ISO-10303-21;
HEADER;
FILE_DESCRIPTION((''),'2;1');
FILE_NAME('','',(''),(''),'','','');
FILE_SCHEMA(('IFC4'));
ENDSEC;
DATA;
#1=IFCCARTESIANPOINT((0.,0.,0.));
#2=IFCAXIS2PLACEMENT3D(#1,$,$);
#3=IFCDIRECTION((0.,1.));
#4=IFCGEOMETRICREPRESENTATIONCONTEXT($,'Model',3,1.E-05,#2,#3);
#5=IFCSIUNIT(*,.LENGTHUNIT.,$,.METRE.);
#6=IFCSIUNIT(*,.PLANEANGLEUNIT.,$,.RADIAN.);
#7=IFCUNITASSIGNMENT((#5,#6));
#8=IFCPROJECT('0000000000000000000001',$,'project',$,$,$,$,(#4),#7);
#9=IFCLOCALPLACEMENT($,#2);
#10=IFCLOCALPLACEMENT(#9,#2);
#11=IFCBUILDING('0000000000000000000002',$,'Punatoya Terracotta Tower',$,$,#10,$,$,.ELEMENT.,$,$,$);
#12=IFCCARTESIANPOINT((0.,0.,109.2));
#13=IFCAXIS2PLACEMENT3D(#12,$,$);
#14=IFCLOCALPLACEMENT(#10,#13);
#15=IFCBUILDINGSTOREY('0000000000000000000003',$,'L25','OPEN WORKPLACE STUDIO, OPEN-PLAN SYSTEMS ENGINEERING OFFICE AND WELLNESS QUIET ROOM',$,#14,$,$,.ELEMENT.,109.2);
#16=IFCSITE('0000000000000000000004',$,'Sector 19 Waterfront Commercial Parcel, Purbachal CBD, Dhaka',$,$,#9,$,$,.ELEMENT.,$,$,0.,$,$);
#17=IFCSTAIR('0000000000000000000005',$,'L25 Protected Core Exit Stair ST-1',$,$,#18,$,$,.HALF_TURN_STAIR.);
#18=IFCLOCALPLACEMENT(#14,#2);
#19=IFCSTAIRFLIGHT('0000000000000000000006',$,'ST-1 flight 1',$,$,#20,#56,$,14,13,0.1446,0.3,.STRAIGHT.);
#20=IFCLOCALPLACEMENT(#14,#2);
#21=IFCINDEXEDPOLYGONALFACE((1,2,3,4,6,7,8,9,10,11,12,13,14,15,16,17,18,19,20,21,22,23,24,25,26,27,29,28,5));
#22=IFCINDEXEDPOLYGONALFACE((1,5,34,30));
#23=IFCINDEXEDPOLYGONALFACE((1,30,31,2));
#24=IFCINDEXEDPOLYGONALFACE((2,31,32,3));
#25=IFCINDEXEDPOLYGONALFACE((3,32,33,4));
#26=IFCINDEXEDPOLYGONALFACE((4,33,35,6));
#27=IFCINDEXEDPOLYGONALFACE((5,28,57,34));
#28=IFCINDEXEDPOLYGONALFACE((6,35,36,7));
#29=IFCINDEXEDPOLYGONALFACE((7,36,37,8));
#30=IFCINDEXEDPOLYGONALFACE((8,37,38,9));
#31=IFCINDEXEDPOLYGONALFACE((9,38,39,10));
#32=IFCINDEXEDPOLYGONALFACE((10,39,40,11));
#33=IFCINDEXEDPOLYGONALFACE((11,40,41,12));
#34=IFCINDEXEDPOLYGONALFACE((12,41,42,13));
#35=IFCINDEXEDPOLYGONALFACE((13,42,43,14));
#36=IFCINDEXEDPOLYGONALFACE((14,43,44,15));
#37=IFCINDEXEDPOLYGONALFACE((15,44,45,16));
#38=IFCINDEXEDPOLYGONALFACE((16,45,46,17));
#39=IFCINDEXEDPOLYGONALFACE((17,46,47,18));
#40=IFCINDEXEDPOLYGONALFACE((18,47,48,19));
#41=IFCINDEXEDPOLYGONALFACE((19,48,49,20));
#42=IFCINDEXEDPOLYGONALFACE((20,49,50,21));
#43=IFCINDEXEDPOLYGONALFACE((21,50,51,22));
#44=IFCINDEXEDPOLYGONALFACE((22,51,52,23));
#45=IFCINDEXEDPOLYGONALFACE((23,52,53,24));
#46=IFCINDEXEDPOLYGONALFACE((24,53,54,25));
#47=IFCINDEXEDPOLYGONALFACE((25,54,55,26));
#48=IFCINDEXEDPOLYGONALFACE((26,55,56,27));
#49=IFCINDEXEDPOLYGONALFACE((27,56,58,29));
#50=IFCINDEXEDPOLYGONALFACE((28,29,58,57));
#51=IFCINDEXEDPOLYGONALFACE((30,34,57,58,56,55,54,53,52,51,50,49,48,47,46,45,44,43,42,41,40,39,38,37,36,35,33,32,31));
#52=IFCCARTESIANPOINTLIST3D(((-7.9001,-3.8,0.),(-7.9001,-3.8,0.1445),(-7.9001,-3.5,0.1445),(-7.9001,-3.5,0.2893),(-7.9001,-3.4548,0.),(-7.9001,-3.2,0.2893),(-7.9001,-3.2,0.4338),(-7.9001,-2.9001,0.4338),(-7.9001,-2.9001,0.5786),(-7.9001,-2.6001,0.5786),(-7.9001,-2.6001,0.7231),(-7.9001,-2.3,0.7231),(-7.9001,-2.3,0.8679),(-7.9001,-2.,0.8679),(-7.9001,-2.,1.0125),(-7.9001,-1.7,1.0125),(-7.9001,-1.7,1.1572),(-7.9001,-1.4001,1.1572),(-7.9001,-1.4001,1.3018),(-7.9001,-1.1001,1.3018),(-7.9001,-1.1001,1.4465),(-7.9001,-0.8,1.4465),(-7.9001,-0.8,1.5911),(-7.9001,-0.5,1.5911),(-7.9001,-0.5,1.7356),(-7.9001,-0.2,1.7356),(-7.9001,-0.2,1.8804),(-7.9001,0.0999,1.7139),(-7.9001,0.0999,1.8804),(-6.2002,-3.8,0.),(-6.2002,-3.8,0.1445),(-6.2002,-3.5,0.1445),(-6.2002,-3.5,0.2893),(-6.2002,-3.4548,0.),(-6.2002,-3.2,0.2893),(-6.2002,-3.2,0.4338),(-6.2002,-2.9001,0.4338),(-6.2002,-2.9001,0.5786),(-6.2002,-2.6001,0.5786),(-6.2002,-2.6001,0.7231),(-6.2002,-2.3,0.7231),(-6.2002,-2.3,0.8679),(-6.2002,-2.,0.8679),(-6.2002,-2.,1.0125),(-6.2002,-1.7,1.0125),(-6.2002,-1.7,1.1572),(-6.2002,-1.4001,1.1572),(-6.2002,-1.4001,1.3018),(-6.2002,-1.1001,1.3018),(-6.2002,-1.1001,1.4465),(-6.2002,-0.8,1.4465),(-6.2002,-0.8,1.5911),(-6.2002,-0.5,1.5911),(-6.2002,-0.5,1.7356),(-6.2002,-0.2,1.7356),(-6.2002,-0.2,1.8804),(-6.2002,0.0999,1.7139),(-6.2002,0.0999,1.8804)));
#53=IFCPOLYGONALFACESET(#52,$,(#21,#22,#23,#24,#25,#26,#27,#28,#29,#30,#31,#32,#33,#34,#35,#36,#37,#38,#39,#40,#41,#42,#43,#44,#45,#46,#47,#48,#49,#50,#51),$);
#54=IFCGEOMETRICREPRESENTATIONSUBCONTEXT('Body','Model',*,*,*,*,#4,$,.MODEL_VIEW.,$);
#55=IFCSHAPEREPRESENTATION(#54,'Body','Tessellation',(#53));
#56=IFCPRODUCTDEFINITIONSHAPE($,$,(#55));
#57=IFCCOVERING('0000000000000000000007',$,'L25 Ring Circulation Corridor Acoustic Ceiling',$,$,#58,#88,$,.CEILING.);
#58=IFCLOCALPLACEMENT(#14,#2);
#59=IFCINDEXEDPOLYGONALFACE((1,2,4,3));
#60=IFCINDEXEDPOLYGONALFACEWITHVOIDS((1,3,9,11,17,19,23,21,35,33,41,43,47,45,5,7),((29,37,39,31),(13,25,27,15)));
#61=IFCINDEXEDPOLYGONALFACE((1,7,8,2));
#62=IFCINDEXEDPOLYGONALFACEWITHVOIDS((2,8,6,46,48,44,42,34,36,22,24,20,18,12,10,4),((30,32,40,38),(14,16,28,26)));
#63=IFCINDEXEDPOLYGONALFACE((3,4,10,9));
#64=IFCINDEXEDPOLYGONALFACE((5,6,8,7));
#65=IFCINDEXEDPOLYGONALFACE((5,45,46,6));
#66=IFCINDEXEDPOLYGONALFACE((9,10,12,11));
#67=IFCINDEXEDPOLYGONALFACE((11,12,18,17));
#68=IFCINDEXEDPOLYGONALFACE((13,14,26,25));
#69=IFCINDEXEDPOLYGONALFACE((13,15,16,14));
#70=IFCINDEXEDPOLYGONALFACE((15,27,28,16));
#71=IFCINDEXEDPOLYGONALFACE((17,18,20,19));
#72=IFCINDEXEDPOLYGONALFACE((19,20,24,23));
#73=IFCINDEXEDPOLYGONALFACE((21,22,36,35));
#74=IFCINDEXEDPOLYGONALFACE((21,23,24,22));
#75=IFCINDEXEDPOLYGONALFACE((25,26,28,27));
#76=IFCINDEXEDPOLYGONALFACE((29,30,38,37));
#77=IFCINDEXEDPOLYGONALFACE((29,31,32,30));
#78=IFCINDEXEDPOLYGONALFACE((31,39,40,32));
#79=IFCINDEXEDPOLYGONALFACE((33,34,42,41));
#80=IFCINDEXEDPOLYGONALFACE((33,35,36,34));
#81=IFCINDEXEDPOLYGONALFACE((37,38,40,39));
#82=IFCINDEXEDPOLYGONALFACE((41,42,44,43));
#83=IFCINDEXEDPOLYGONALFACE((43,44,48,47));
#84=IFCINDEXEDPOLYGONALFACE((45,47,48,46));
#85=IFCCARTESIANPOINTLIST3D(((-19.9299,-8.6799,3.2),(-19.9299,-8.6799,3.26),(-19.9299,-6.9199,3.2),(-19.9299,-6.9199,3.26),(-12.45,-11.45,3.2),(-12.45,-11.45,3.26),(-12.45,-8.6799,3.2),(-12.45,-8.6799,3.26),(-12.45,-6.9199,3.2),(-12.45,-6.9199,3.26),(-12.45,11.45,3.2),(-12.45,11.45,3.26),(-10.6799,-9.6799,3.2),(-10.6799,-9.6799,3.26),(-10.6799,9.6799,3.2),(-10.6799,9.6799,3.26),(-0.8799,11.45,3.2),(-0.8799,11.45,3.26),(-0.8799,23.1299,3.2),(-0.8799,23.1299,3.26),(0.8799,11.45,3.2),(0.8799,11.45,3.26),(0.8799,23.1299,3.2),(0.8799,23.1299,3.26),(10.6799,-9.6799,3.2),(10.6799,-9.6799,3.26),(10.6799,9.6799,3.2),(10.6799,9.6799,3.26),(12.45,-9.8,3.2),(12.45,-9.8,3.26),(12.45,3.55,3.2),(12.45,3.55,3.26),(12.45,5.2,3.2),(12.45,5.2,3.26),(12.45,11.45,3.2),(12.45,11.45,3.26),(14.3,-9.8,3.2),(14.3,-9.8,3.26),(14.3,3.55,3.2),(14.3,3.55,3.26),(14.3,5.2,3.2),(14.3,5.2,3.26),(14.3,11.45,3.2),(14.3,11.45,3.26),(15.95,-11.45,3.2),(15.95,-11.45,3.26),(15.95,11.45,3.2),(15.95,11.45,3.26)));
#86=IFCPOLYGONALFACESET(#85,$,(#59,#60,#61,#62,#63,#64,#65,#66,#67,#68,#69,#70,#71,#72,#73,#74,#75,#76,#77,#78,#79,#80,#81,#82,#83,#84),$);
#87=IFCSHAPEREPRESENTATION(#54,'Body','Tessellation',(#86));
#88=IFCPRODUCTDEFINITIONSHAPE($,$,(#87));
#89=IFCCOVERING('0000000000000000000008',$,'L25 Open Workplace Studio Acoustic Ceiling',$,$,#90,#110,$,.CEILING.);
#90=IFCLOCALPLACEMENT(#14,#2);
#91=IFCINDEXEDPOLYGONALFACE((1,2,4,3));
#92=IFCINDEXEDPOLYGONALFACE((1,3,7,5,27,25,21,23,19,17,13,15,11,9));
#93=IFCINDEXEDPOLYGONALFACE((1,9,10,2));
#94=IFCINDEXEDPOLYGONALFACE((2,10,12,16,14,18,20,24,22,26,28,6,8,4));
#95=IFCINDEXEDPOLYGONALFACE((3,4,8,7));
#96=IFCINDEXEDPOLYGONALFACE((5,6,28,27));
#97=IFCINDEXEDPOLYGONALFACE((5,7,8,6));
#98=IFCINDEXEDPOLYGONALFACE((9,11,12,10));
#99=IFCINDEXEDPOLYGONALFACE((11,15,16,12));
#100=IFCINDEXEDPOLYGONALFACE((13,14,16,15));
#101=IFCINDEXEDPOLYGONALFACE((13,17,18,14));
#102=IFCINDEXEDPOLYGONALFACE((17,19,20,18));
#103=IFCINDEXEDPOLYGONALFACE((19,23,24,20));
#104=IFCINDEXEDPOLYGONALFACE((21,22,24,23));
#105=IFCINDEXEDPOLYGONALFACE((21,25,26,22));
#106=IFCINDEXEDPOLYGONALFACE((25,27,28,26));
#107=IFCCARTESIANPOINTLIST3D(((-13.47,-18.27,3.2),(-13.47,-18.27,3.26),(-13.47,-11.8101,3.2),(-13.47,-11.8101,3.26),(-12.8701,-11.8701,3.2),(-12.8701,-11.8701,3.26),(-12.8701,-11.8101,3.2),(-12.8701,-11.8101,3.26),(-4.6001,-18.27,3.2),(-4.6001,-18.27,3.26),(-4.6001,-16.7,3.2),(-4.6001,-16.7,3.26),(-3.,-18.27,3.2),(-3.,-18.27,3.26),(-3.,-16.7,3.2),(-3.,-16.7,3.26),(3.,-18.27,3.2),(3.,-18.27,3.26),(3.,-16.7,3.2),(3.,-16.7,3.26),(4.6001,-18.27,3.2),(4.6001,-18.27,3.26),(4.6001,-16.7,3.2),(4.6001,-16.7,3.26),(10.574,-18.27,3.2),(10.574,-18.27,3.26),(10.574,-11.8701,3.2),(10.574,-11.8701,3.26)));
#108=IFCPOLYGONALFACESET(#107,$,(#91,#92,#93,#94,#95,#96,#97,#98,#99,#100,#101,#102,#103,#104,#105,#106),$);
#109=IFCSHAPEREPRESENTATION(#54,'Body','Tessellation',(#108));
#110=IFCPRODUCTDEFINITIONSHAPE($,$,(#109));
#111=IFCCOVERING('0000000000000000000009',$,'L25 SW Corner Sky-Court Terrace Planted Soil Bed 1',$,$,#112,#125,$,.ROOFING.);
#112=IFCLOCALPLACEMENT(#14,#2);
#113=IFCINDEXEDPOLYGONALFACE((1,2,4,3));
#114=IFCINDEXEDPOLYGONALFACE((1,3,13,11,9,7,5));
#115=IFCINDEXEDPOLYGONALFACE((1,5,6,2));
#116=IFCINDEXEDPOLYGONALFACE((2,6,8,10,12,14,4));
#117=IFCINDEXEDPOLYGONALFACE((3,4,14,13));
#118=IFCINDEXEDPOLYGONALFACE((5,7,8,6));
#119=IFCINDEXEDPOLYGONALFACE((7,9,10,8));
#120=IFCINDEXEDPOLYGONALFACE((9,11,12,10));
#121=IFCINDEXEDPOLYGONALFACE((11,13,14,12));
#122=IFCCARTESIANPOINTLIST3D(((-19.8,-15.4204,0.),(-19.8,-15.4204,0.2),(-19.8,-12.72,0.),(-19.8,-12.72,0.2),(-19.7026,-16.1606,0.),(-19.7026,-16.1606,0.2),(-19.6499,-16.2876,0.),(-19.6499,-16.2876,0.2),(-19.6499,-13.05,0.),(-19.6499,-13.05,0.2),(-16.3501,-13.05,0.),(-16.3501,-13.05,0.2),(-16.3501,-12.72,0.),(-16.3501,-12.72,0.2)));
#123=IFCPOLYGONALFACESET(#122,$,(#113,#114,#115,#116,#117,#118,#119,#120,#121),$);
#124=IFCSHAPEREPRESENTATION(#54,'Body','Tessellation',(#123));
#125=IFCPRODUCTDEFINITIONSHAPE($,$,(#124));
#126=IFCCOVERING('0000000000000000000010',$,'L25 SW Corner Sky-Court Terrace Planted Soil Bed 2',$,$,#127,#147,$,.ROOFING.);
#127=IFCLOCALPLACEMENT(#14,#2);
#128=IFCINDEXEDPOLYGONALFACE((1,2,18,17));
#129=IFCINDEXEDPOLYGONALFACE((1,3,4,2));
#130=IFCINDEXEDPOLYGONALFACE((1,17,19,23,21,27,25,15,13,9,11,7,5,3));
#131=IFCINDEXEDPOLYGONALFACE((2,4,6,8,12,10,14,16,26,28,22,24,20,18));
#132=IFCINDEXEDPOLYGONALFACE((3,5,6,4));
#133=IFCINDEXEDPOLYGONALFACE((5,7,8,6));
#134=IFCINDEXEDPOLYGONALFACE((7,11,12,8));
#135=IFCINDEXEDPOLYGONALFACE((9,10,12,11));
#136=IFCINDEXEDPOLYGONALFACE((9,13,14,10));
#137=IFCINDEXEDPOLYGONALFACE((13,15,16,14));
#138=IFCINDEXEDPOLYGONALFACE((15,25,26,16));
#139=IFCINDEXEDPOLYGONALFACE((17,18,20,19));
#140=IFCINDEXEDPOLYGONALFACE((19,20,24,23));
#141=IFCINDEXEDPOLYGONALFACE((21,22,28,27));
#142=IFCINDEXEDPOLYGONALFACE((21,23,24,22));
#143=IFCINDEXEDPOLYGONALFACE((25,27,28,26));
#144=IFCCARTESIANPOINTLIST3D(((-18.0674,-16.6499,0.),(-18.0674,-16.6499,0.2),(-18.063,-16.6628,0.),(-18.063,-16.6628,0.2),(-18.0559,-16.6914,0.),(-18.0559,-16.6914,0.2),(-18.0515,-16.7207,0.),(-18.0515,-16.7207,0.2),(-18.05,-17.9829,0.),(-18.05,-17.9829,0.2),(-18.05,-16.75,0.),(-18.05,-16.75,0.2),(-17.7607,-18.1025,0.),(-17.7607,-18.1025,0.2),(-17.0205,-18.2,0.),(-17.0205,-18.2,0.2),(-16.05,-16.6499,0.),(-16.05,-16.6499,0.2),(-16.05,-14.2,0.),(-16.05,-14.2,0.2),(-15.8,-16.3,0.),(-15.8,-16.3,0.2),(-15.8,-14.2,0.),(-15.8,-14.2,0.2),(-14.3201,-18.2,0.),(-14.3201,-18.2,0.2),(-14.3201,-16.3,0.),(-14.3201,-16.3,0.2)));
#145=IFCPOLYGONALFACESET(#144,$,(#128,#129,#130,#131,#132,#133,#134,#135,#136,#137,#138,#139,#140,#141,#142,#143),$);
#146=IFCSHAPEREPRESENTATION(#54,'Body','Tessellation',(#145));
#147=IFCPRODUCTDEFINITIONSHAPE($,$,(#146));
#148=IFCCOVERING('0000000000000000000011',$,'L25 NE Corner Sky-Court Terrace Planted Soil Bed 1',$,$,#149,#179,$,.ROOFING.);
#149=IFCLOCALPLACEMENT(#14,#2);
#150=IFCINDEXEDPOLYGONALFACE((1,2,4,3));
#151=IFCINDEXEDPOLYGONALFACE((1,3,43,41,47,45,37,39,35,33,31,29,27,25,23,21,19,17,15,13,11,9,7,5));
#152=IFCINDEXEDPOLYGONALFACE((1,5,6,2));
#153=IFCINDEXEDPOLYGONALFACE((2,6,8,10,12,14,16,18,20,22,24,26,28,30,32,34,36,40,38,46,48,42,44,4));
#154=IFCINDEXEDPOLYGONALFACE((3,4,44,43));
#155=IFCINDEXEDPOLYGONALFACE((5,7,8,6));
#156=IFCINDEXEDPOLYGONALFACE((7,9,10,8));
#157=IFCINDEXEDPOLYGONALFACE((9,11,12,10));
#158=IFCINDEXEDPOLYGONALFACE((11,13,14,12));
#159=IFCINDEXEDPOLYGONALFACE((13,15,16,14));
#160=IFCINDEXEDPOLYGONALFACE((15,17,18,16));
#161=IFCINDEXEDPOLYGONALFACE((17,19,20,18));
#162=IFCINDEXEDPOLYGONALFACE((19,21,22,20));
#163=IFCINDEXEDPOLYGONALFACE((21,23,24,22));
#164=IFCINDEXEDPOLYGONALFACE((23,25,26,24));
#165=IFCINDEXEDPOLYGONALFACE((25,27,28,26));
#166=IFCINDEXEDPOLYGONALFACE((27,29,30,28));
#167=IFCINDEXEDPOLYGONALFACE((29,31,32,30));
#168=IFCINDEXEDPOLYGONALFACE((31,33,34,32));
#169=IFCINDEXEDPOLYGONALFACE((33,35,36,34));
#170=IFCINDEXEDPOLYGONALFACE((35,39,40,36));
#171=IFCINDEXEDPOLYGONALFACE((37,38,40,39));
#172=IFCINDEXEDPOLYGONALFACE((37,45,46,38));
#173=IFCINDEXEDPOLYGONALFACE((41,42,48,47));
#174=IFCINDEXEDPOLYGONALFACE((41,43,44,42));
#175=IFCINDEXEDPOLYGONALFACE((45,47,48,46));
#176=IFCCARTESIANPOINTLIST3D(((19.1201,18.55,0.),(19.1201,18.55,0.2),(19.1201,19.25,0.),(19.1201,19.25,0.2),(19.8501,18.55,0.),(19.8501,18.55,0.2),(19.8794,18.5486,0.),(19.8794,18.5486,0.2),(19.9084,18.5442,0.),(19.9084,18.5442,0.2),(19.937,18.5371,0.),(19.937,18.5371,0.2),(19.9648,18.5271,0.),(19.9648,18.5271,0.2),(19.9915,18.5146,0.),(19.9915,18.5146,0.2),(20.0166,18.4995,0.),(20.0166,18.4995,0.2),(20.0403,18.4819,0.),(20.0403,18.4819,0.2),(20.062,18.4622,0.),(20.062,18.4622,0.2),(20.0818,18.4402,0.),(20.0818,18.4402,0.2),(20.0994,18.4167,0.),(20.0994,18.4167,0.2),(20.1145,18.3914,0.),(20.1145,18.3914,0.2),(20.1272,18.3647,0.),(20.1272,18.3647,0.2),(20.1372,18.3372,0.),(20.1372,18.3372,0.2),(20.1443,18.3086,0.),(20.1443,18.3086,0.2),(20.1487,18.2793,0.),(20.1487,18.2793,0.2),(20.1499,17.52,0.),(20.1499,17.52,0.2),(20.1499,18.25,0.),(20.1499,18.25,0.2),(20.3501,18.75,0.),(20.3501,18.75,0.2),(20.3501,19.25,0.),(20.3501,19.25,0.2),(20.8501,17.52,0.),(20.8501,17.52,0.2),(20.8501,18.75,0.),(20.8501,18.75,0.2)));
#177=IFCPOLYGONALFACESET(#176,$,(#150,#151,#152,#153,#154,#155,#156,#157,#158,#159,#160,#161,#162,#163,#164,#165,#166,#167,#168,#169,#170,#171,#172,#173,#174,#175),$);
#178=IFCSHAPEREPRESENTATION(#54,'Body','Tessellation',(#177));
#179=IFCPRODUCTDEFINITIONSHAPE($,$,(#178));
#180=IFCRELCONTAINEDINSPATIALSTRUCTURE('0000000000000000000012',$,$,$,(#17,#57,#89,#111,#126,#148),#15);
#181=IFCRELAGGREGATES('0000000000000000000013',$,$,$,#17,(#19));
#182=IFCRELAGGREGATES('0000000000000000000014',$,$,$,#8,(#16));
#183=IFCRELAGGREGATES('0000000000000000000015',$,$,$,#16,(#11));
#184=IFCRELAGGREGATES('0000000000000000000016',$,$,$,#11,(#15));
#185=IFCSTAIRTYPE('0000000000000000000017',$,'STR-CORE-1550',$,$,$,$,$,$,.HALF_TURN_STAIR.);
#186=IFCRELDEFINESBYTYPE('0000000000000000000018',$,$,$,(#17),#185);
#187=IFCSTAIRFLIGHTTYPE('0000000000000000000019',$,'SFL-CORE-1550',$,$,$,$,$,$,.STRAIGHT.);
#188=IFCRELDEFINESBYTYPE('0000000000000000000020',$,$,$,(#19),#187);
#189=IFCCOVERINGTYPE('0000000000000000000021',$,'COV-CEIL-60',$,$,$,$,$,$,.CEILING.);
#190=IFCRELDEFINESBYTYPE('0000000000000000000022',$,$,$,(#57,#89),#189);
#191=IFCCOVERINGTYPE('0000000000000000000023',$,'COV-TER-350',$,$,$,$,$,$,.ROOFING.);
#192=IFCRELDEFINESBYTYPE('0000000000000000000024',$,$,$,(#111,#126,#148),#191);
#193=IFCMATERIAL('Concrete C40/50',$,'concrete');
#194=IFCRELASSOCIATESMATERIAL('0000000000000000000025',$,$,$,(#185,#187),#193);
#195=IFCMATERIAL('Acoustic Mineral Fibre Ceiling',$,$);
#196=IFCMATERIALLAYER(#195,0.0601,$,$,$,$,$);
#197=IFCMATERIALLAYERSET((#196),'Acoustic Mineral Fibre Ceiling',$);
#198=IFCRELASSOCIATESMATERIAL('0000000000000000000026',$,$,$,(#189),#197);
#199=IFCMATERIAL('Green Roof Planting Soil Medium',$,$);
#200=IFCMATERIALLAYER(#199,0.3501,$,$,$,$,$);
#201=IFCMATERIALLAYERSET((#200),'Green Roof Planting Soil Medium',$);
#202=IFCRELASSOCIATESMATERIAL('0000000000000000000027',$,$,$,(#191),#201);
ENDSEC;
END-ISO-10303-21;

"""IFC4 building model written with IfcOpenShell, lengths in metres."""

from ifc_helpers import new_model, si_unit, direction, frame, origin, place, context, subcontext, project, spatial, polyline, outline, extrude, material, layer, layer_set, type_object, element, aggregate, save


model = new_model("IFC4")

# Units and contexts
model_context = context("Model", 3, precision=1e-05, world=origin(), true_north=direction((0.0, 1.0)))
body_context = subcontext(model_context, "Body", "Model", "MODEL_VIEW")
ifc_project = project(units=[si_unit("LENGTHUNIT", "METRE"), si_unit("PLANEANGLEUNIT", "RADIAN")], contexts=[model_context])

# Site, building, storey
site_placement = place(None, origin())
site = spatial("IfcSite", under=ifc_project, at=site_placement, Name="Sector 19 Waterfront Commercial Parcel, Purbachal CBD, Dhaka", CompositionType="ELEMENT", RefElevation=0.0)
building_placement = place(site_placement, origin())
building = spatial("IfcBuilding", under=site, at=building_placement, Name="Punatoya Terracotta Tower", CompositionType="ELEMENT")
storey_placement = place(building_placement, frame((0.0, 0.0, 109.2)))
storey = spatial("IfcBuildingStorey", under=building, at=storey_placement, Name="L25", Description="OPEN WORKPLACE STUDIO, OPEN-PLAN SYSTEMS ENGINEERING OFFICE AND WELLNESS QUIET ROOM", CompositionType="ELEMENT", Elevation=109.2)

# Stair
ifc_material_1 = material(Name="Concrete C40/50", Category="concrete")
stair_type_1 = type_object("IfcStairType", Name="STR-CORE-1550", PredefinedType="HALF_TURN_STAIR", material=ifc_material_1)
stair_1_placement = place(storey_placement, origin())
stair_1 = element("IfcStair", 1, at=stair_1_placement, inside=storey, type_object=stair_type_1, Name="L25 Protected Core Exit Stair ST-1", PredefinedType="HALF_TURN_STAIR")

# Stair flight
stair_flight_type = type_object("IfcStairFlightType", Name="SFL-CORE-1550", PredefinedType="STRAIGHT", material=ifc_material_1)
stair_flight_placement = place(storey_placement, frame((-7.05, -3.8, 0.0), z_axis=(0.0, 0.0, 1.0), x_axis=(0.0, 1.0, 0.0)))
stair_flight = element("IfcStairFlight", 2, at=stair_flight_placement, type_object=stair_flight_type, Name="ST-1 flight 1", NumberOfRisers=14, NumberOfTreads=13, PredefinedType="STRAIGHT", RiserHeight=0.1446, TreadLength=0.3, context=body_context, shape_type="SweptSolid", body=[
    extrude(outline(polyline([(0.0, 0.0), (0.0, 0.1445), (0.3, 0.1445), (0.3, 0.2893), (0.6001, 0.2893), (0.6001, 0.4338), (0.8999, 0.4338), (0.8999, 0.5786), (1.2, 0.5786), (1.2, 0.7231), (1.5, 0.7231), (1.5, 0.8679), (1.8, 0.8679), (1.8, 1.0125), (2.1001, 1.0125), (2.1001, 1.1572), (2.3999, 1.1572), (2.3999, 1.3018), (2.7, 1.3018), (2.7, 1.4465), (3.0, 1.4465), (3.0, 1.5911), (3.3, 1.5911), (3.3, 1.7356), (3.6001, 1.7356), (3.6001, 1.8804), (3.8999, 1.8804), (3.8999, 2.0249), (3.8999, 1.7139), (0.3452, 0.0), (0.0, 0.0)])), frame((0.0, 0.8501, 0.0), z_axis=(0.0, -1.0, 0.0), x_axis=(1.0, 0.0, 0.0)), (0.0, 0.0, 1.0), 1.7),
])
aggregate(stair_1, [stair_flight])

# Coverings
ifc_material_2 = material(Name="Acoustic Mineral Fibre Ceiling")
ifc_layer_1 = layer(ifc_material_2, 0.0601)
ifc_layer_set_1 = layer_set([ifc_layer_1], Name="Acoustic Mineral Fibre Ceiling")
covering_type_1 = type_object("IfcCoveringType", Name="COV-CEIL-60", PredefinedType="CEILING", material=ifc_layer_set_1)
covering_1_placement = place(storey_placement, frame((0.0, 0.0, 3.2)))
element("IfcCovering", 3, at=covering_1_placement, inside=storey, type_object=covering_type_1, Name="L25 Ring Circulation Corridor Acoustic Ceiling", PredefinedType="CEILING", context=body_context, shape_type="SweptSolid", body=[
    extrude(outline(polyline([(-19.9299, -8.6799), (-12.45, -8.6799), (-12.45, -11.45), (15.95, -11.45), (15.95, 11.45), (14.3, 11.45), (14.3, 5.2), (12.45, 5.2), (12.45, 11.45), (0.8799, 11.45), (0.8799, 23.1299), (-0.8799, 23.1299), (-0.8799, 11.45), (-12.45, 11.45), (-12.45, -6.9199), (-19.9299, -6.9199), (-19.9299, -8.6799)]), holes=[polyline([(12.45, 3.55), (14.3, 3.55), (14.3, -9.8), (12.45, -9.8), (12.45, 3.55)]), polyline([(-10.6799, -9.6799), (-10.6799, 9.6799), (10.6799, 9.6799), (10.6799, -9.6799), (-10.6799, -9.6799)])]), origin(), (0.0, 0.0, 1.0), 0.0601),
])
covering_2_placement = place(storey_placement, frame((0.0, 0.0, 3.2)))
element("IfcCovering", 4, at=covering_2_placement, inside=storey, type_object=covering_type_1, Name="L25 Open Workplace Studio Acoustic Ceiling", PredefinedType="CEILING", context=body_context, shape_type="SweptSolid", body=[
    extrude(outline(polyline([(-13.47, -11.8101), (-13.47, -18.27), (-4.6001, -18.27), (-4.6001, -16.7), (-3.0, -16.7), (-3.0, -18.27), (3.0, -18.27), (3.0, -16.7), (4.6001, -16.7), (4.6001, -18.27), (10.574, -18.27), (10.574, -11.8701), (-12.8701, -11.8701), (-12.8701, -11.8101), (-13.47, -11.8101)])), origin(), (0.0, 0.0, 1.0), 0.0601),
])
ifc_material_3 = material(Name="Green Roof Planting Soil Medium")
ifc_layer_2 = layer(ifc_material_3, 0.3501)
ifc_layer_set_2 = layer_set([ifc_layer_2], Name="Green Roof Planting Soil Medium")
covering_type_2 = type_object("IfcCoveringType", Name="COV-TER-350", PredefinedType="ROOFING", material=ifc_layer_set_2)
covering_3_placement = place(storey_placement, origin())
element("IfcCovering", 5, at=covering_3_placement, inside=storey, type_object=covering_type_2, Name="L25 SW Corner Sky-Court Terrace Planted Soil Bed 1", PredefinedType="ROOFING", context=body_context, shape_type="SweptSolid", body=[
    extrude(outline(polyline([(-19.6499, -16.2876), (-19.6499, -13.05), (-16.3501, -13.05), (-16.3501, -12.72), (-19.8, -12.72), (-19.8, -15.4204), (-19.7026, -16.1606), (-19.6499, -16.2876)])), origin(), (0.0, 0.0, 1.0), 0.2),
])
covering_4_placement = place(storey_placement, origin())
element("IfcCovering", 6, at=covering_4_placement, inside=storey, type_object=covering_type_2, Name="L25 SW Corner Sky-Court Terrace Planted Soil Bed 2", PredefinedType="ROOFING", context=body_context, shape_type="SweptSolid", body=[
    extrude(outline(polyline([(-18.0515, -16.7207), (-18.05, -16.75), (-18.05, -17.9829), (-17.7607, -18.1025), (-17.0205, -18.2), (-14.3201, -18.2), (-14.3201, -16.3), (-15.8, -16.3), (-15.8, -14.2), (-16.05, -14.2), (-16.05, -16.6499), (-18.0674, -16.6499), (-18.063, -16.6628), (-18.0559, -16.6914), (-18.0515, -16.7207)])), origin(), (0.0, 0.0, 1.0), 0.2),
])
covering_5_placement = place(storey_placement, origin())
element("IfcCovering", 7, at=covering_5_placement, inside=storey, type_object=covering_type_2, Name="L25 NE Corner Sky-Court Terrace Planted Soil Bed 1", PredefinedType="ROOFING", context=body_context, shape_type="SweptSolid", body=[
    extrude(outline(polyline([(20.3501, 18.75), (20.3501, 19.25), (19.1201, 19.25), (19.1201, 18.55), (19.8501, 18.55), (19.8794, 18.5486), (19.9084, 18.5442), (19.937, 18.5371), (19.9648, 18.5271), (19.9915, 18.5146), (20.0166, 18.4995), (20.0403, 18.4819), (20.062, 18.4622), (20.0818, 18.4402), (20.0994, 18.4167), (20.1145, 18.3914), (20.1272, 18.3647), (20.1372, 18.3372), (20.1443, 18.3086), (20.1487, 18.2793), (20.1499, 18.25), (20.1499, 17.52), (20.8501, 17.52), (20.8501, 18.75), (20.3501, 18.75)])), origin(), (0.0, 0.0, 1.0), 0.2),
])

save(model, "model.ifc")
